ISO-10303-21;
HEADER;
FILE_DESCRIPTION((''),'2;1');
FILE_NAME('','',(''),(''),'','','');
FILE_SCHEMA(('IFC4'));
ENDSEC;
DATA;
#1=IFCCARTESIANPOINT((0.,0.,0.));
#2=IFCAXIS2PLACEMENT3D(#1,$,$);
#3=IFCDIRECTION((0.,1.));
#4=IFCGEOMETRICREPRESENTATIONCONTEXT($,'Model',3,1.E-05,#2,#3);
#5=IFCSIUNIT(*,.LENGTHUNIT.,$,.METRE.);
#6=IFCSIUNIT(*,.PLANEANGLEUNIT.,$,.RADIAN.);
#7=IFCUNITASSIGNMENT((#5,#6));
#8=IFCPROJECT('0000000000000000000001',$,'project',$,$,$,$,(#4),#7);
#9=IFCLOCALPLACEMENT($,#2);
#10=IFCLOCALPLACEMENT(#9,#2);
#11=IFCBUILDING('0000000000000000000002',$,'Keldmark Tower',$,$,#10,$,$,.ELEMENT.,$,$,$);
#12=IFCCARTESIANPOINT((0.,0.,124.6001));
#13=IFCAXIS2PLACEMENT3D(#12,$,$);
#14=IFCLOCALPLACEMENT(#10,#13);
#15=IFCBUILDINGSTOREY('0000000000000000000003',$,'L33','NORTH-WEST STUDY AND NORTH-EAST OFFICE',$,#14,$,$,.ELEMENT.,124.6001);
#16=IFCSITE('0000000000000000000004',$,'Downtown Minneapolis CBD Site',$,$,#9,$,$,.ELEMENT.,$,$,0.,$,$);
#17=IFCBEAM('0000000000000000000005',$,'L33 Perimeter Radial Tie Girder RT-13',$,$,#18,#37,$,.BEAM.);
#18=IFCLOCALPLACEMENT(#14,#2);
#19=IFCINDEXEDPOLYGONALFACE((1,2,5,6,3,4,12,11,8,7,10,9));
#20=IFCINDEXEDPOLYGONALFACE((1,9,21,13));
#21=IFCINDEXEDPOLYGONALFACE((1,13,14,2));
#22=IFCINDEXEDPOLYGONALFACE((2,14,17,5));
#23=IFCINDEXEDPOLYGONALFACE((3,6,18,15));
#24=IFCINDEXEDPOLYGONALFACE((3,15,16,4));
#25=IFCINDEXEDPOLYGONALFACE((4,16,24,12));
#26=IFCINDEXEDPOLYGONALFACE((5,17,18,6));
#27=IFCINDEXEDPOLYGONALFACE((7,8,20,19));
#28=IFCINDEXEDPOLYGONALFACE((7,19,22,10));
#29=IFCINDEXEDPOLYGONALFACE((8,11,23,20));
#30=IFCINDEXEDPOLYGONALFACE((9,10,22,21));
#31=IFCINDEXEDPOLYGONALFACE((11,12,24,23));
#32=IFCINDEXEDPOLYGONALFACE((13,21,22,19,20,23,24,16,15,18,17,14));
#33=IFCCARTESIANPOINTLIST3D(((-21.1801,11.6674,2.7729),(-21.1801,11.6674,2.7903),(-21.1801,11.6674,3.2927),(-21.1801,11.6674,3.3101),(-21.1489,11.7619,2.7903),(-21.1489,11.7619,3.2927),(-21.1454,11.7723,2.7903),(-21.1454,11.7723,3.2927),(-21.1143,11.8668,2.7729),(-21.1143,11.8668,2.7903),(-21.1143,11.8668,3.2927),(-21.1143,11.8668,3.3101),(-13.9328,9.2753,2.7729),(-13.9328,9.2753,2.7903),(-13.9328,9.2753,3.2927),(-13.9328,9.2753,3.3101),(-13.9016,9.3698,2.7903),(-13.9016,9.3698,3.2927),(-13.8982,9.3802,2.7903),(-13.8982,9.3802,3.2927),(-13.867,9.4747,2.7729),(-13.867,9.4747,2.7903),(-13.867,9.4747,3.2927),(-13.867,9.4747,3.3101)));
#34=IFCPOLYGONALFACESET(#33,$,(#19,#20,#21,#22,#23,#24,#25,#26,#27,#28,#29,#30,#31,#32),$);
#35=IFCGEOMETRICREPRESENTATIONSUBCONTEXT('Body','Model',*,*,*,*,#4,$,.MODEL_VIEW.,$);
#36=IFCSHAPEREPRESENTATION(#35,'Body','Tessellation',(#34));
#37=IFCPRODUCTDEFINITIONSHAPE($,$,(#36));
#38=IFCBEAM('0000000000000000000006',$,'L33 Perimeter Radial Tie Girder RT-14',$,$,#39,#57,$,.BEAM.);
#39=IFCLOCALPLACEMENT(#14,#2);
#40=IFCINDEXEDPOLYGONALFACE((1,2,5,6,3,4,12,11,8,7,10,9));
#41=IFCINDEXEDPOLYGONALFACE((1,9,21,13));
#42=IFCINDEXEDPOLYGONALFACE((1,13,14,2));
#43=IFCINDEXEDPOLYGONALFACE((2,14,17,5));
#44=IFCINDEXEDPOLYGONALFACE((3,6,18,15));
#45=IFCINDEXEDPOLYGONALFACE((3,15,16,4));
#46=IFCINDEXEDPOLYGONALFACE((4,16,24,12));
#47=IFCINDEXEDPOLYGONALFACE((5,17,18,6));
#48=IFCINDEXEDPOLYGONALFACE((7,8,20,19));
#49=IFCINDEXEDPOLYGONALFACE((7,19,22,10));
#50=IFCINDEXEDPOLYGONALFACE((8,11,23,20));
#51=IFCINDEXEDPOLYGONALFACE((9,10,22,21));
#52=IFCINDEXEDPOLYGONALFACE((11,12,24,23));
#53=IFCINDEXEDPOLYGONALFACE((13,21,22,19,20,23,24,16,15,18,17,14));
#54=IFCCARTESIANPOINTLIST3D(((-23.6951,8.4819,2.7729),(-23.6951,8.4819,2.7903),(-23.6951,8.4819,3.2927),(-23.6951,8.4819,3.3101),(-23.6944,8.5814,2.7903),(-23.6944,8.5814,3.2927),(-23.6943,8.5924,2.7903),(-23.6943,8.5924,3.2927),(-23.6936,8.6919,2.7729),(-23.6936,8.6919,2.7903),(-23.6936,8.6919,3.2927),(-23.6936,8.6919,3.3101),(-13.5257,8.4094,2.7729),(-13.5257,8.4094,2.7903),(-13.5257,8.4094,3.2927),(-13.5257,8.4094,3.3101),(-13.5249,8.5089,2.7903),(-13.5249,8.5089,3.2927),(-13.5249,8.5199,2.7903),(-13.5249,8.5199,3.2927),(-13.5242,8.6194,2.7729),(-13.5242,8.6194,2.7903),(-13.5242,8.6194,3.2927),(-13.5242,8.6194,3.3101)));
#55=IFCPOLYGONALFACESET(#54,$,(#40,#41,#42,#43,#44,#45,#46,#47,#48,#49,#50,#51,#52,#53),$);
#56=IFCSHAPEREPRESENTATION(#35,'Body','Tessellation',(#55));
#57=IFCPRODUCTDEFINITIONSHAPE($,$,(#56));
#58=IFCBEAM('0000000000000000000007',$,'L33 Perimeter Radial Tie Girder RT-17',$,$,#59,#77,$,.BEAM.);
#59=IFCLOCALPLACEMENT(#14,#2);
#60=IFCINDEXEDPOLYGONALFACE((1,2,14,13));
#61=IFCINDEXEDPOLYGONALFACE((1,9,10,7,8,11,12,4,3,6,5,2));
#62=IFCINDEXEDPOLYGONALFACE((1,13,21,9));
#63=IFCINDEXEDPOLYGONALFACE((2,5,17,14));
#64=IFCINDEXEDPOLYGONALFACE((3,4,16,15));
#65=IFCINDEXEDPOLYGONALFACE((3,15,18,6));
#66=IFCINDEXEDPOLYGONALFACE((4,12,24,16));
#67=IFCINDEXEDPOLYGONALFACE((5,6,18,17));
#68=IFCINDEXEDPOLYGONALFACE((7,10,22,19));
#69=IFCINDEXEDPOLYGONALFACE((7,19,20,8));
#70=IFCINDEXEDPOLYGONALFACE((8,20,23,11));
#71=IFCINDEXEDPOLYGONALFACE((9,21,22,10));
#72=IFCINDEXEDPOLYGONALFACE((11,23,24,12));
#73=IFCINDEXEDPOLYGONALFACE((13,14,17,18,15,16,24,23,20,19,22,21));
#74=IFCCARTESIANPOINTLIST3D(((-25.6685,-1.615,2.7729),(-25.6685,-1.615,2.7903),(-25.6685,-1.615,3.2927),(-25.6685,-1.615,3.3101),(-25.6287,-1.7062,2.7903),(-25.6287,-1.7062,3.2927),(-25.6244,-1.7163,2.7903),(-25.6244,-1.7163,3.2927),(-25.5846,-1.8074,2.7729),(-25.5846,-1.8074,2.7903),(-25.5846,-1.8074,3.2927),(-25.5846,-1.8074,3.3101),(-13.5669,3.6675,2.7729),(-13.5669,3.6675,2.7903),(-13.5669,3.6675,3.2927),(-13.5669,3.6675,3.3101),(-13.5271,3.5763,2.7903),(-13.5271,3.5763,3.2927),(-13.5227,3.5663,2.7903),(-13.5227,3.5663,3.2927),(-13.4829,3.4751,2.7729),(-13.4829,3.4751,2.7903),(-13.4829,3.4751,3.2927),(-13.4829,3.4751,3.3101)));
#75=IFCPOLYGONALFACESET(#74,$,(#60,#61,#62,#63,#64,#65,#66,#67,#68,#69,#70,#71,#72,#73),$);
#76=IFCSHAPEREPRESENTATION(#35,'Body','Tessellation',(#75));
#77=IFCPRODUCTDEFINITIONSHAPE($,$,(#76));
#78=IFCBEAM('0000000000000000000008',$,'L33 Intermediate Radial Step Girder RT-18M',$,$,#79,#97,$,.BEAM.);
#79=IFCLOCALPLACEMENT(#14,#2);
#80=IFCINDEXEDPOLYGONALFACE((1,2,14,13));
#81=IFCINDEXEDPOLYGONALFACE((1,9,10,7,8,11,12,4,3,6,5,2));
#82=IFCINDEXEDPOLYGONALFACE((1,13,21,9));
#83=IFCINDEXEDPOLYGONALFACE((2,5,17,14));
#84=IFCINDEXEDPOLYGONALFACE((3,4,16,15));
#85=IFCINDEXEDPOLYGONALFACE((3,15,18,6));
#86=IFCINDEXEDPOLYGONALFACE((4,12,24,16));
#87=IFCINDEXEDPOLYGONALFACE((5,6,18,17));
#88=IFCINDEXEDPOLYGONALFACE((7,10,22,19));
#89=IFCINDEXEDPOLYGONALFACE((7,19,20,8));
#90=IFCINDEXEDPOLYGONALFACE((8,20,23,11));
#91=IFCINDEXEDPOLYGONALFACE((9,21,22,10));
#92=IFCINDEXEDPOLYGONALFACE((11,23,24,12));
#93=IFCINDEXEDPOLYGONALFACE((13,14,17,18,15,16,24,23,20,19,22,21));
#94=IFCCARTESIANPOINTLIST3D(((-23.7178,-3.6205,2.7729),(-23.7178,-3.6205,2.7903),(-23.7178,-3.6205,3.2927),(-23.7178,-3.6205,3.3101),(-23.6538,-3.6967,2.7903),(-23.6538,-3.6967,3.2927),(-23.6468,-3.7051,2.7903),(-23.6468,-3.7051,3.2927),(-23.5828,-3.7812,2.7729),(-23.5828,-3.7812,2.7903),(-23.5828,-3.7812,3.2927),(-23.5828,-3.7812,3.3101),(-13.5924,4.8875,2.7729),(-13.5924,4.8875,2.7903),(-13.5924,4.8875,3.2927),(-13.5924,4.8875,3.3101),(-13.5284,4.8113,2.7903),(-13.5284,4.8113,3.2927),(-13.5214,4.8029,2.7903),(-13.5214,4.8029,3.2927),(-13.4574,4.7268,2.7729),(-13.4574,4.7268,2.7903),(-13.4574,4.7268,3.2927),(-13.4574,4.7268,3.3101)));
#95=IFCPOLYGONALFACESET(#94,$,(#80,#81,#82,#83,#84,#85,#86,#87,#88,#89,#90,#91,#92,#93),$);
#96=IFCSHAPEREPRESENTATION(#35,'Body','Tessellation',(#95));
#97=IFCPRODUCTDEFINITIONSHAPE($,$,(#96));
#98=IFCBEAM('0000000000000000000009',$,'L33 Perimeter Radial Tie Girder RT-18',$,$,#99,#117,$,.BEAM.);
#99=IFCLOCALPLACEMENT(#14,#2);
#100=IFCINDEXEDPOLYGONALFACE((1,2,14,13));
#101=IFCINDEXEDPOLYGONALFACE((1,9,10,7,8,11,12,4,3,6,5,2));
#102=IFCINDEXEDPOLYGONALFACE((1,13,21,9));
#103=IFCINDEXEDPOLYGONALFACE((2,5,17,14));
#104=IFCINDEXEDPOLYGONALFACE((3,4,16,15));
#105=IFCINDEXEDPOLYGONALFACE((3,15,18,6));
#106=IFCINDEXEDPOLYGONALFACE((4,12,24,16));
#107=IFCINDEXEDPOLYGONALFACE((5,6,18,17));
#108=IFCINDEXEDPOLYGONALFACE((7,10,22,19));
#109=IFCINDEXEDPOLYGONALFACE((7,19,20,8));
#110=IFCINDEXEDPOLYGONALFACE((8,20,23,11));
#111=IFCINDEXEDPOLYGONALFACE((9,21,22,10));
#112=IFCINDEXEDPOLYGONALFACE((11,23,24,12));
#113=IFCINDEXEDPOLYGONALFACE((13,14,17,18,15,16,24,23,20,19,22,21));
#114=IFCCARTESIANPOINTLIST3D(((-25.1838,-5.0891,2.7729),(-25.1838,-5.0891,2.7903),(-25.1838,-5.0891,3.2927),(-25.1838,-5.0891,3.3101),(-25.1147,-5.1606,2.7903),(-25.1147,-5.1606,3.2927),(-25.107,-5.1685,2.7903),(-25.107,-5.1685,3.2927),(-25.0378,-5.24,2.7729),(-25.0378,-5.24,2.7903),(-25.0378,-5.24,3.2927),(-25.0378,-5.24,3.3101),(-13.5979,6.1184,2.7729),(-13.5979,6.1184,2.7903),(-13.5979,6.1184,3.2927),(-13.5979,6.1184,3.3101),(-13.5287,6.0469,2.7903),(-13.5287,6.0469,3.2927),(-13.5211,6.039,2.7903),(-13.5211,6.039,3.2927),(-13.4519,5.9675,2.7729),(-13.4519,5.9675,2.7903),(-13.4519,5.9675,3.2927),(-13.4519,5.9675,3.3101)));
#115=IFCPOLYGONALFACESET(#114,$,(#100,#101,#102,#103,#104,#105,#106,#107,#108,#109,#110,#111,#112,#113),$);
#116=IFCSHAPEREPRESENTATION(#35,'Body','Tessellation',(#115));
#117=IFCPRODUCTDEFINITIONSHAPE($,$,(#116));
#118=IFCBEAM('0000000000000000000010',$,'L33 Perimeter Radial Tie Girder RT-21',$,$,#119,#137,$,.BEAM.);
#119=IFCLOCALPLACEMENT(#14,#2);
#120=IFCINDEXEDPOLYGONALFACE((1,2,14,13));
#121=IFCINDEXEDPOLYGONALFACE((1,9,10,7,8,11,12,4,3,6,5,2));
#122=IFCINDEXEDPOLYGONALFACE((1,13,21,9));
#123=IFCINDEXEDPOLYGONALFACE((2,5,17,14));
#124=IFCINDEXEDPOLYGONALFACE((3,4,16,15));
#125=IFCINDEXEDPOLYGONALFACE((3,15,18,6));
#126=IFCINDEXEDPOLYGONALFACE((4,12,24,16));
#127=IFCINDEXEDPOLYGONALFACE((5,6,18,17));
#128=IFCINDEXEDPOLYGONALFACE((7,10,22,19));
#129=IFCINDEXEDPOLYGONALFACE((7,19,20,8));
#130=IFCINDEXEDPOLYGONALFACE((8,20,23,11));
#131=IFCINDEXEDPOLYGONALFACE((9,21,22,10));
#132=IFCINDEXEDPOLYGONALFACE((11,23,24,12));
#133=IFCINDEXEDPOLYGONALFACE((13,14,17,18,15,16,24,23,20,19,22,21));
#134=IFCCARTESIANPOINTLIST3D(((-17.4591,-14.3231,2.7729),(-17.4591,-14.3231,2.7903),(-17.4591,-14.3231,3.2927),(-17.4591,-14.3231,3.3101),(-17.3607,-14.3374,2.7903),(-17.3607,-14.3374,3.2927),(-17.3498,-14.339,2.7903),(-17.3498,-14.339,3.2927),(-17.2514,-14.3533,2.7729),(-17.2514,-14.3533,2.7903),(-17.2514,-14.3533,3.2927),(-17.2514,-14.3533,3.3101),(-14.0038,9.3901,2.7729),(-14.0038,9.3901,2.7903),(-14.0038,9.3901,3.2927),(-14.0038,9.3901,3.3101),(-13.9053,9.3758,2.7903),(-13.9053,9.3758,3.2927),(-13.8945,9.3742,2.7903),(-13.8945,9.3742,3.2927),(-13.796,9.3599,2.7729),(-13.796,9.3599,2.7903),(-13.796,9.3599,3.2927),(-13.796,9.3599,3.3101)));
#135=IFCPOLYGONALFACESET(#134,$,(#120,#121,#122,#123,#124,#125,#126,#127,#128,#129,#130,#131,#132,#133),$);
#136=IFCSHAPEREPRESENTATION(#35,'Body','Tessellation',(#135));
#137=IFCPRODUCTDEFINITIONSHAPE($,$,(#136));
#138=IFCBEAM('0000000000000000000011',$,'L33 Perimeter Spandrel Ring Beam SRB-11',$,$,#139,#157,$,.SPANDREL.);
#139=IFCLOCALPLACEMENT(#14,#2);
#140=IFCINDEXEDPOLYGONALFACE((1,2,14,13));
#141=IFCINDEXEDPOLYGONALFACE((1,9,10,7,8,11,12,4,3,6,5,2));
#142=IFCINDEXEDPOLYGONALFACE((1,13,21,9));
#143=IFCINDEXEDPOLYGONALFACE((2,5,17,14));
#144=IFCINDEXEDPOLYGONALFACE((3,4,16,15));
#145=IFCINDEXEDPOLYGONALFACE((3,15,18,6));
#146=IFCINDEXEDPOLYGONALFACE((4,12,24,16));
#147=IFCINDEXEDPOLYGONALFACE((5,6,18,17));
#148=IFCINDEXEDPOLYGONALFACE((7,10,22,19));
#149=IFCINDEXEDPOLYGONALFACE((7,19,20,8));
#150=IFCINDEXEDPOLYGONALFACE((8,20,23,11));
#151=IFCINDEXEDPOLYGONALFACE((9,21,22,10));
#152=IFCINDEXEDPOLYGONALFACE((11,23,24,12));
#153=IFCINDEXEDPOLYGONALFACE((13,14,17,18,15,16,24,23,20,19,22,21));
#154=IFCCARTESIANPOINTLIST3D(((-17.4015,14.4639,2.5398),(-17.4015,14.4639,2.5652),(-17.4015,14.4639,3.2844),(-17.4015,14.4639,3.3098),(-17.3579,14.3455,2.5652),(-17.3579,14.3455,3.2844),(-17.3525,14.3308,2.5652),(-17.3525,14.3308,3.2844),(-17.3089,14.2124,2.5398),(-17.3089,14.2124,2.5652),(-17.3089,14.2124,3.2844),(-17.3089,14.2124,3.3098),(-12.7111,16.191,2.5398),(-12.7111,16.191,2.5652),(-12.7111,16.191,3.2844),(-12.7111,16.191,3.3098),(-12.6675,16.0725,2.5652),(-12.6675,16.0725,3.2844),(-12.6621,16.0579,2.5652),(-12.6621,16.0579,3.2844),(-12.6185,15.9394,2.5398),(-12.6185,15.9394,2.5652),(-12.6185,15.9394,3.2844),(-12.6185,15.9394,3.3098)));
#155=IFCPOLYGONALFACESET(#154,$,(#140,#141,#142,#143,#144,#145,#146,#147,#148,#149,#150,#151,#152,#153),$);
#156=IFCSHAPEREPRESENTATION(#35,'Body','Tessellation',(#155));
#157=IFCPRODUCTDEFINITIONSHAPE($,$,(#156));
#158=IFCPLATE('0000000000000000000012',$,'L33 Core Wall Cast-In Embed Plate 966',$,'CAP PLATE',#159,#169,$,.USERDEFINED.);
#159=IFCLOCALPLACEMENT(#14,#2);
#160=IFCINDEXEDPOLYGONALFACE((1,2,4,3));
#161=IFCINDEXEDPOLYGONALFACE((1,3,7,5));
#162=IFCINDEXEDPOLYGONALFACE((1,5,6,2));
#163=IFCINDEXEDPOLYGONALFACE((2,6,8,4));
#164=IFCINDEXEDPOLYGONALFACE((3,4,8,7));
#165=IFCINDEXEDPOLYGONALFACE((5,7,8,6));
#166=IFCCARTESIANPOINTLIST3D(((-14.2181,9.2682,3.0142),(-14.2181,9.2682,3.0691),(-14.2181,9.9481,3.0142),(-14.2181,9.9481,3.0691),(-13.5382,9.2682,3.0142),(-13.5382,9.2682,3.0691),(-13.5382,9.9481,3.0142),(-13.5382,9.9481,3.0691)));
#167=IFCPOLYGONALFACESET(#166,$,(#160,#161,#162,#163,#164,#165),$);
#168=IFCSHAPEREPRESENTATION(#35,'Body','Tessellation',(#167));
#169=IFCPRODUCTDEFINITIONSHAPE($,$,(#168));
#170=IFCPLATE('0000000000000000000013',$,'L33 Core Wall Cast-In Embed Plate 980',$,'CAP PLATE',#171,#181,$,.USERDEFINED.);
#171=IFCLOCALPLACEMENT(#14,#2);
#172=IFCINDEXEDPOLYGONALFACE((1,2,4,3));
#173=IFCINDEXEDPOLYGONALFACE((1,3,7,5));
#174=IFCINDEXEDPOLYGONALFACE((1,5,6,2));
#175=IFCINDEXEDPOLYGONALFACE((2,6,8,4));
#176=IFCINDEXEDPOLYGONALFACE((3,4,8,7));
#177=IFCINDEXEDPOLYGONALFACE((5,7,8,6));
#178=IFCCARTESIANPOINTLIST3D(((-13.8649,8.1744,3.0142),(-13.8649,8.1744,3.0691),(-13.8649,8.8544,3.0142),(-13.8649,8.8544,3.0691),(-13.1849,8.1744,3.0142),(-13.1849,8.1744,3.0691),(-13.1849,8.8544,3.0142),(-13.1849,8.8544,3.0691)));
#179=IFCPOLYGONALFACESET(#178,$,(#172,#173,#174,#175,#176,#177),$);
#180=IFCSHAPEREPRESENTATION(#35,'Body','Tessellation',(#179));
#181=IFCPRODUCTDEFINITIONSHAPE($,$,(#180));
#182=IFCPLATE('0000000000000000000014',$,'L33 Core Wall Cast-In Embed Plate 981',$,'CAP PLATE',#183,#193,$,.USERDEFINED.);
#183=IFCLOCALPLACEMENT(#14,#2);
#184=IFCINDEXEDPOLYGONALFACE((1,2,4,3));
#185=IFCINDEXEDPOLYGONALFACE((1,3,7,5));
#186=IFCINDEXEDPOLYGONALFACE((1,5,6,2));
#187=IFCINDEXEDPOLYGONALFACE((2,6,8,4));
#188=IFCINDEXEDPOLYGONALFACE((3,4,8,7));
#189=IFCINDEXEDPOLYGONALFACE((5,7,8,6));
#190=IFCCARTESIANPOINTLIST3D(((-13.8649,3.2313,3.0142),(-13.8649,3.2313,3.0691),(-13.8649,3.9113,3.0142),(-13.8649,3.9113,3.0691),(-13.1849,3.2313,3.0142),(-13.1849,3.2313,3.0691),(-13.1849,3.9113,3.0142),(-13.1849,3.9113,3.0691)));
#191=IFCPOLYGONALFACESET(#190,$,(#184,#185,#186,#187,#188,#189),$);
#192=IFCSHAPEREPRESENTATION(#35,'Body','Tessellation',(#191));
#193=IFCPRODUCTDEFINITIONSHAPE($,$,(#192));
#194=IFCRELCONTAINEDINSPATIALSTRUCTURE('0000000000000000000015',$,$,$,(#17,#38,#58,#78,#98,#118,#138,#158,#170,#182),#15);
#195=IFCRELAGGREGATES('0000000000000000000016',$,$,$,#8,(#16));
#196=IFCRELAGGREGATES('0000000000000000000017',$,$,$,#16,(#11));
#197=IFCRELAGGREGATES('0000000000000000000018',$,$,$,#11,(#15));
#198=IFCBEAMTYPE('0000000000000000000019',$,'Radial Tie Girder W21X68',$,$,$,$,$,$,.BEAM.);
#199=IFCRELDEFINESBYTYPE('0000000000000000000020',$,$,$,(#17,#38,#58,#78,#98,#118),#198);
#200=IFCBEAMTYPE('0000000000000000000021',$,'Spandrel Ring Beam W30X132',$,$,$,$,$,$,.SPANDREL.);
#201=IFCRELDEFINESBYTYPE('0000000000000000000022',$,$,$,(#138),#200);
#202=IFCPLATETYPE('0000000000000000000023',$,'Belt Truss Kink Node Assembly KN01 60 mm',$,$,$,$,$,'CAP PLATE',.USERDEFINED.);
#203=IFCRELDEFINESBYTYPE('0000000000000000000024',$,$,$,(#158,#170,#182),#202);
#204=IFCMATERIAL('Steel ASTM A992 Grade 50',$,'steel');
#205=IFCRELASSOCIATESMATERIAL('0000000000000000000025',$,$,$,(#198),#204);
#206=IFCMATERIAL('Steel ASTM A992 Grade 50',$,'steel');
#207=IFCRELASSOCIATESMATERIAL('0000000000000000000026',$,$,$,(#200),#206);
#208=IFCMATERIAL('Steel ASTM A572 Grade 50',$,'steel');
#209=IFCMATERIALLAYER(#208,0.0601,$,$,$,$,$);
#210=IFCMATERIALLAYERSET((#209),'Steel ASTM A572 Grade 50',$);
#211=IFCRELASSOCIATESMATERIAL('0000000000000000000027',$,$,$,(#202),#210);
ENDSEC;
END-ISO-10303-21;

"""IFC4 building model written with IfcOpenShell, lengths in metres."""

from ifc_helpers import new_model, si_unit, direction, frame, origin, origin_2d, place, context, subcontext, project, spatial, rectangle, i_section, extrude, material, layer, layer_set, material_profile, profile_set, type_object, element, save


model = new_model("IFC4")

# Units and contexts
model_context = context("Model", 3, precision=1e-05, world=origin(), true_north=direction((0.0, 1.0)))
body_context = subcontext(model_context, "Body", "Model", "MODEL_VIEW")
ifc_project = project(units=[si_unit("LENGTHUNIT", "METRE"), si_unit("PLANEANGLEUNIT", "RADIAN")], contexts=[model_context])

# Site, building, storey
site_placement = place(None, origin())
site = spatial("IfcSite", under=ifc_project, at=site_placement, Name="Downtown Minneapolis CBD Site", CompositionType="ELEMENT", RefElevation=0.0)
building_placement = place(site_placement, origin())
building = spatial("IfcBuilding", under=site, at=building_placement, Name="Keldmark Tower", CompositionType="ELEMENT")
storey_placement = place(building_placement, frame((0.0, 0.0, 124.6001)))
storey = spatial("IfcBuildingStorey", under=building, at=storey_placement, Name="L33", Description="NORTH-WEST STUDY AND NORTH-EAST OFFICE", CompositionType="ELEMENT", Elevation=124.6001)

# Beams
ifc_material_1 = material(Name="Steel ASTM A992 Grade 50", Category="steel")
ifc_material_profile_1 = material_profile(ifc_material_1, i_section(OverallWidth=0.21, OverallDepth=0.5371, WebThickness=0.011, FlangeThickness=0.0173, at=origin_2d()), Name="W21X68")
ifc_profile_set_1 = profile_set([ifc_material_profile_1], Name="Steel ASTM A992 Grade 50")
beam_type_1 = type_object("IfcBeamType", Name="Radial Tie Girder W21X68", PredefinedType="BEAM", material=ifc_profile_set_1)
beam_1_placement = place(storey_placement, frame((-13.8999, 9.375, 3.0415), z_axis=(-0.94961, 0.313434, 0.0), x_axis=(-0.313434, -0.94961, 0.0)))
element("IfcBeam", 1, at=beam_1_placement, inside=storey, type_object=beam_type_1, Name="L33 Perimeter Radial Tie Girder RT-13", PredefinedType="BEAM", context=body_context, shape_type="SweptSolid", body=[
    extrude(i_section(OverallWidth=0.21, OverallDepth=0.5371, WebThickness=0.011, FlangeThickness=0.0173, at=origin_2d()), origin(), (0.0, 0.0, 1.0), 7.6318),
])
beam_2_placement = place(storey_placement, frame((-13.5249, 8.5144, 3.0415), z_axis=(-0.999975, 0.00713, 0.0), x_axis=(-0.00713, -0.999975, 0.0)))
element("IfcBeam", 2, at=beam_2_placement, inside=storey, type_object=beam_type_1, Name="L33 Perimeter Radial Tie Girder RT-14", PredefinedType="BEAM", context=body_context, shape_type="SweptSolid", body=[
    extrude(i_section(OverallWidth=0.21, OverallDepth=0.5371, WebThickness=0.011, FlangeThickness=0.0173, at=origin_2d()), origin(), (0.0, 0.0, 1.0), 10.1697),
])
beam_3_placement = place(storey_placement, frame((-13.5249, 3.5713, 3.0415), z_axis=(-0.91649, -0.400058, 0.0), x_axis=(0.400058, -0.91649, 0.0)))
element("IfcBeam", 3, at=beam_3_placement, inside=storey, type_object=beam_type_1, Name="L33 Perimeter Radial Tie Girder RT-17", PredefinedType="BEAM", context=body_context, shape_type="SweptSolid", body=[
    extrude(i_section(OverallWidth=0.21, OverallDepth=0.5371, WebThickness=0.011, FlangeThickness=0.0173, at=origin_2d()), origin(), (0.0, 0.0, 1.0), 13.2043),
])
beam_4_placement = place(storey_placement, frame((-13.5249, 4.8071, 3.0415), z_axis=(-0.765606, -0.643309, 0.0), x_axis=(0.643309, -0.765606, 0.0)))
element("IfcBeam", 4, at=beam_4_placement, inside=storey, type_object=beam_type_1, Name="L33 Intermediate Radial Step Girder RT-18M", PredefinedType="BEAM", context=body_context, shape_type="SweptSolid", body=[
    extrude(i_section(OverallWidth=0.21, OverallDepth=0.5371, WebThickness=0.011, FlangeThickness=0.0173, at=origin_2d()), origin(), (0.0, 0.0, 1.0), 13.2253),
])
beam_5_placement = place(storey_placement, frame((-13.5249, 6.043, 3.0415), z_axis=(-0.718747, -0.695272, 0.0), x_axis=(0.695272, -0.718747, 0.0)))
element("IfcBeam", 5, at=beam_5_placement, inside=storey, type_object=beam_type_1, Name="L33 Perimeter Radial Tie Girder RT-18", PredefinedType="BEAM", context=body_context, shape_type="SweptSolid", body=[
    extrude(i_section(OverallWidth=0.21, OverallDepth=0.5371, WebThickness=0.011, FlangeThickness=0.0173, at=origin_2d()), origin(), (0.0, 0.0, 1.0), 16.1196),
])
beam_6_placement = place(storey_placement, frame((-13.8999, 9.375, 3.0415), z_axis=(-0.144191, -0.98955, 0.0), x_axis=(0.98955, -0.144191, 0.0)))
element("IfcBeam", 6, at=beam_6_placement, inside=storey, type_object=beam_type_1, Name="L33 Perimeter Radial Tie Girder RT-21", PredefinedType="BEAM", context=body_context, shape_type="SweptSolid", body=[
    extrude(i_section(OverallWidth=0.21, OverallDepth=0.5371, WebThickness=0.011, FlangeThickness=0.0173, at=origin_2d()), origin(), (0.0, 0.0, 1.0), 23.9636),
])
ifc_material_2 = material(Name="Steel ASTM A992 Grade 50", Category="steel")
ifc_material_profile_2 = material_profile(ifc_material_2, i_section(OverallWidth=0.2681, OverallDepth=0.77, WebThickness=0.0156, FlangeThickness=0.0254, at=origin_2d()), Name="W30X132")
ifc_profile_set_2 = profile_set([ifc_material_profile_2], Name="Steel ASTM A992 Grade 50")
beam_type_2 = type_object("IfcBeamType", Name="Spandrel Ring Beam W30X132", PredefinedType="SPANDREL", material=ifc_profile_set_2)
beam_7_placement = place(storey_placement, frame((-12.6648, 16.0652, 2.9248), z_axis=(-0.938408, -0.345529, 0.0), x_axis=(0.345529, -0.938408, 0.0)))
element("IfcBeam", 7, at=beam_7_placement, inside=storey, type_object=beam_type_2, Name="L33 Perimeter Spandrel Ring Beam SRB-11", PredefinedType="SPANDREL", context=body_context, shape_type="SweptSolid", body=[
    extrude(i_section(OverallWidth=0.2681, OverallDepth=0.77, WebThickness=0.0156, FlangeThickness=0.0254, at=origin_2d()), origin(), (0.0, 0.0, 1.0), 4.9983),
])

# Plates
ifc_material_3 = material(Name="Steel ASTM A572 Grade 50", Category="steel")
ifc_layer_1 = layer(ifc_material_3, 0.0601)
ifc_layer_set_1 = layer_set([ifc_layer_1], Name="Steel ASTM A572 Grade 50")
plate_type_1 = type_object("IfcPlateType", Name="Belt Truss Kink Node Assembly KN01 60 mm", ElementType="CAP PLATE", PredefinedType="USERDEFINED", material=ifc_layer_set_1)
for number, where, z_axis, x_axis, name in (
    (8, (-13.8782, 9.6082, 3.0142), (0.0, 0.0, 1.0), (1.0, 0.0, 0.0), "L33 Core Wall Cast-In Embed Plate 966"),
    (9, (-13.5249, 8.5144, 3.0142), (0.0, 0.0, 1.0), (1.0, 0.0, 0.0), "L33 Core Wall Cast-In Embed Plate 980"),
    (10, (-13.5249, 3.5713, 3.0142), (0.0, 0.0, 1.0), (1.0, 0.0, 0.0), "L33 Core Wall Cast-In Embed Plate 981"),
):
    element("IfcPlate", number, at=place(storey_placement, frame(where, z_axis=z_axis, x_axis=x_axis)), inside=storey, type_object=plate_type_1, Name=name, ObjectType="CAP PLATE", PredefinedType="USERDEFINED", context=body_context, shape_type="SweptSolid", body=[
        extrude(rectangle(XDim=0.6799, YDim=0.6799, at=origin_2d()), origin(), (0.0, 0.0, 1.0), 0.0549),
    ])

save(model, "model.ifc")
